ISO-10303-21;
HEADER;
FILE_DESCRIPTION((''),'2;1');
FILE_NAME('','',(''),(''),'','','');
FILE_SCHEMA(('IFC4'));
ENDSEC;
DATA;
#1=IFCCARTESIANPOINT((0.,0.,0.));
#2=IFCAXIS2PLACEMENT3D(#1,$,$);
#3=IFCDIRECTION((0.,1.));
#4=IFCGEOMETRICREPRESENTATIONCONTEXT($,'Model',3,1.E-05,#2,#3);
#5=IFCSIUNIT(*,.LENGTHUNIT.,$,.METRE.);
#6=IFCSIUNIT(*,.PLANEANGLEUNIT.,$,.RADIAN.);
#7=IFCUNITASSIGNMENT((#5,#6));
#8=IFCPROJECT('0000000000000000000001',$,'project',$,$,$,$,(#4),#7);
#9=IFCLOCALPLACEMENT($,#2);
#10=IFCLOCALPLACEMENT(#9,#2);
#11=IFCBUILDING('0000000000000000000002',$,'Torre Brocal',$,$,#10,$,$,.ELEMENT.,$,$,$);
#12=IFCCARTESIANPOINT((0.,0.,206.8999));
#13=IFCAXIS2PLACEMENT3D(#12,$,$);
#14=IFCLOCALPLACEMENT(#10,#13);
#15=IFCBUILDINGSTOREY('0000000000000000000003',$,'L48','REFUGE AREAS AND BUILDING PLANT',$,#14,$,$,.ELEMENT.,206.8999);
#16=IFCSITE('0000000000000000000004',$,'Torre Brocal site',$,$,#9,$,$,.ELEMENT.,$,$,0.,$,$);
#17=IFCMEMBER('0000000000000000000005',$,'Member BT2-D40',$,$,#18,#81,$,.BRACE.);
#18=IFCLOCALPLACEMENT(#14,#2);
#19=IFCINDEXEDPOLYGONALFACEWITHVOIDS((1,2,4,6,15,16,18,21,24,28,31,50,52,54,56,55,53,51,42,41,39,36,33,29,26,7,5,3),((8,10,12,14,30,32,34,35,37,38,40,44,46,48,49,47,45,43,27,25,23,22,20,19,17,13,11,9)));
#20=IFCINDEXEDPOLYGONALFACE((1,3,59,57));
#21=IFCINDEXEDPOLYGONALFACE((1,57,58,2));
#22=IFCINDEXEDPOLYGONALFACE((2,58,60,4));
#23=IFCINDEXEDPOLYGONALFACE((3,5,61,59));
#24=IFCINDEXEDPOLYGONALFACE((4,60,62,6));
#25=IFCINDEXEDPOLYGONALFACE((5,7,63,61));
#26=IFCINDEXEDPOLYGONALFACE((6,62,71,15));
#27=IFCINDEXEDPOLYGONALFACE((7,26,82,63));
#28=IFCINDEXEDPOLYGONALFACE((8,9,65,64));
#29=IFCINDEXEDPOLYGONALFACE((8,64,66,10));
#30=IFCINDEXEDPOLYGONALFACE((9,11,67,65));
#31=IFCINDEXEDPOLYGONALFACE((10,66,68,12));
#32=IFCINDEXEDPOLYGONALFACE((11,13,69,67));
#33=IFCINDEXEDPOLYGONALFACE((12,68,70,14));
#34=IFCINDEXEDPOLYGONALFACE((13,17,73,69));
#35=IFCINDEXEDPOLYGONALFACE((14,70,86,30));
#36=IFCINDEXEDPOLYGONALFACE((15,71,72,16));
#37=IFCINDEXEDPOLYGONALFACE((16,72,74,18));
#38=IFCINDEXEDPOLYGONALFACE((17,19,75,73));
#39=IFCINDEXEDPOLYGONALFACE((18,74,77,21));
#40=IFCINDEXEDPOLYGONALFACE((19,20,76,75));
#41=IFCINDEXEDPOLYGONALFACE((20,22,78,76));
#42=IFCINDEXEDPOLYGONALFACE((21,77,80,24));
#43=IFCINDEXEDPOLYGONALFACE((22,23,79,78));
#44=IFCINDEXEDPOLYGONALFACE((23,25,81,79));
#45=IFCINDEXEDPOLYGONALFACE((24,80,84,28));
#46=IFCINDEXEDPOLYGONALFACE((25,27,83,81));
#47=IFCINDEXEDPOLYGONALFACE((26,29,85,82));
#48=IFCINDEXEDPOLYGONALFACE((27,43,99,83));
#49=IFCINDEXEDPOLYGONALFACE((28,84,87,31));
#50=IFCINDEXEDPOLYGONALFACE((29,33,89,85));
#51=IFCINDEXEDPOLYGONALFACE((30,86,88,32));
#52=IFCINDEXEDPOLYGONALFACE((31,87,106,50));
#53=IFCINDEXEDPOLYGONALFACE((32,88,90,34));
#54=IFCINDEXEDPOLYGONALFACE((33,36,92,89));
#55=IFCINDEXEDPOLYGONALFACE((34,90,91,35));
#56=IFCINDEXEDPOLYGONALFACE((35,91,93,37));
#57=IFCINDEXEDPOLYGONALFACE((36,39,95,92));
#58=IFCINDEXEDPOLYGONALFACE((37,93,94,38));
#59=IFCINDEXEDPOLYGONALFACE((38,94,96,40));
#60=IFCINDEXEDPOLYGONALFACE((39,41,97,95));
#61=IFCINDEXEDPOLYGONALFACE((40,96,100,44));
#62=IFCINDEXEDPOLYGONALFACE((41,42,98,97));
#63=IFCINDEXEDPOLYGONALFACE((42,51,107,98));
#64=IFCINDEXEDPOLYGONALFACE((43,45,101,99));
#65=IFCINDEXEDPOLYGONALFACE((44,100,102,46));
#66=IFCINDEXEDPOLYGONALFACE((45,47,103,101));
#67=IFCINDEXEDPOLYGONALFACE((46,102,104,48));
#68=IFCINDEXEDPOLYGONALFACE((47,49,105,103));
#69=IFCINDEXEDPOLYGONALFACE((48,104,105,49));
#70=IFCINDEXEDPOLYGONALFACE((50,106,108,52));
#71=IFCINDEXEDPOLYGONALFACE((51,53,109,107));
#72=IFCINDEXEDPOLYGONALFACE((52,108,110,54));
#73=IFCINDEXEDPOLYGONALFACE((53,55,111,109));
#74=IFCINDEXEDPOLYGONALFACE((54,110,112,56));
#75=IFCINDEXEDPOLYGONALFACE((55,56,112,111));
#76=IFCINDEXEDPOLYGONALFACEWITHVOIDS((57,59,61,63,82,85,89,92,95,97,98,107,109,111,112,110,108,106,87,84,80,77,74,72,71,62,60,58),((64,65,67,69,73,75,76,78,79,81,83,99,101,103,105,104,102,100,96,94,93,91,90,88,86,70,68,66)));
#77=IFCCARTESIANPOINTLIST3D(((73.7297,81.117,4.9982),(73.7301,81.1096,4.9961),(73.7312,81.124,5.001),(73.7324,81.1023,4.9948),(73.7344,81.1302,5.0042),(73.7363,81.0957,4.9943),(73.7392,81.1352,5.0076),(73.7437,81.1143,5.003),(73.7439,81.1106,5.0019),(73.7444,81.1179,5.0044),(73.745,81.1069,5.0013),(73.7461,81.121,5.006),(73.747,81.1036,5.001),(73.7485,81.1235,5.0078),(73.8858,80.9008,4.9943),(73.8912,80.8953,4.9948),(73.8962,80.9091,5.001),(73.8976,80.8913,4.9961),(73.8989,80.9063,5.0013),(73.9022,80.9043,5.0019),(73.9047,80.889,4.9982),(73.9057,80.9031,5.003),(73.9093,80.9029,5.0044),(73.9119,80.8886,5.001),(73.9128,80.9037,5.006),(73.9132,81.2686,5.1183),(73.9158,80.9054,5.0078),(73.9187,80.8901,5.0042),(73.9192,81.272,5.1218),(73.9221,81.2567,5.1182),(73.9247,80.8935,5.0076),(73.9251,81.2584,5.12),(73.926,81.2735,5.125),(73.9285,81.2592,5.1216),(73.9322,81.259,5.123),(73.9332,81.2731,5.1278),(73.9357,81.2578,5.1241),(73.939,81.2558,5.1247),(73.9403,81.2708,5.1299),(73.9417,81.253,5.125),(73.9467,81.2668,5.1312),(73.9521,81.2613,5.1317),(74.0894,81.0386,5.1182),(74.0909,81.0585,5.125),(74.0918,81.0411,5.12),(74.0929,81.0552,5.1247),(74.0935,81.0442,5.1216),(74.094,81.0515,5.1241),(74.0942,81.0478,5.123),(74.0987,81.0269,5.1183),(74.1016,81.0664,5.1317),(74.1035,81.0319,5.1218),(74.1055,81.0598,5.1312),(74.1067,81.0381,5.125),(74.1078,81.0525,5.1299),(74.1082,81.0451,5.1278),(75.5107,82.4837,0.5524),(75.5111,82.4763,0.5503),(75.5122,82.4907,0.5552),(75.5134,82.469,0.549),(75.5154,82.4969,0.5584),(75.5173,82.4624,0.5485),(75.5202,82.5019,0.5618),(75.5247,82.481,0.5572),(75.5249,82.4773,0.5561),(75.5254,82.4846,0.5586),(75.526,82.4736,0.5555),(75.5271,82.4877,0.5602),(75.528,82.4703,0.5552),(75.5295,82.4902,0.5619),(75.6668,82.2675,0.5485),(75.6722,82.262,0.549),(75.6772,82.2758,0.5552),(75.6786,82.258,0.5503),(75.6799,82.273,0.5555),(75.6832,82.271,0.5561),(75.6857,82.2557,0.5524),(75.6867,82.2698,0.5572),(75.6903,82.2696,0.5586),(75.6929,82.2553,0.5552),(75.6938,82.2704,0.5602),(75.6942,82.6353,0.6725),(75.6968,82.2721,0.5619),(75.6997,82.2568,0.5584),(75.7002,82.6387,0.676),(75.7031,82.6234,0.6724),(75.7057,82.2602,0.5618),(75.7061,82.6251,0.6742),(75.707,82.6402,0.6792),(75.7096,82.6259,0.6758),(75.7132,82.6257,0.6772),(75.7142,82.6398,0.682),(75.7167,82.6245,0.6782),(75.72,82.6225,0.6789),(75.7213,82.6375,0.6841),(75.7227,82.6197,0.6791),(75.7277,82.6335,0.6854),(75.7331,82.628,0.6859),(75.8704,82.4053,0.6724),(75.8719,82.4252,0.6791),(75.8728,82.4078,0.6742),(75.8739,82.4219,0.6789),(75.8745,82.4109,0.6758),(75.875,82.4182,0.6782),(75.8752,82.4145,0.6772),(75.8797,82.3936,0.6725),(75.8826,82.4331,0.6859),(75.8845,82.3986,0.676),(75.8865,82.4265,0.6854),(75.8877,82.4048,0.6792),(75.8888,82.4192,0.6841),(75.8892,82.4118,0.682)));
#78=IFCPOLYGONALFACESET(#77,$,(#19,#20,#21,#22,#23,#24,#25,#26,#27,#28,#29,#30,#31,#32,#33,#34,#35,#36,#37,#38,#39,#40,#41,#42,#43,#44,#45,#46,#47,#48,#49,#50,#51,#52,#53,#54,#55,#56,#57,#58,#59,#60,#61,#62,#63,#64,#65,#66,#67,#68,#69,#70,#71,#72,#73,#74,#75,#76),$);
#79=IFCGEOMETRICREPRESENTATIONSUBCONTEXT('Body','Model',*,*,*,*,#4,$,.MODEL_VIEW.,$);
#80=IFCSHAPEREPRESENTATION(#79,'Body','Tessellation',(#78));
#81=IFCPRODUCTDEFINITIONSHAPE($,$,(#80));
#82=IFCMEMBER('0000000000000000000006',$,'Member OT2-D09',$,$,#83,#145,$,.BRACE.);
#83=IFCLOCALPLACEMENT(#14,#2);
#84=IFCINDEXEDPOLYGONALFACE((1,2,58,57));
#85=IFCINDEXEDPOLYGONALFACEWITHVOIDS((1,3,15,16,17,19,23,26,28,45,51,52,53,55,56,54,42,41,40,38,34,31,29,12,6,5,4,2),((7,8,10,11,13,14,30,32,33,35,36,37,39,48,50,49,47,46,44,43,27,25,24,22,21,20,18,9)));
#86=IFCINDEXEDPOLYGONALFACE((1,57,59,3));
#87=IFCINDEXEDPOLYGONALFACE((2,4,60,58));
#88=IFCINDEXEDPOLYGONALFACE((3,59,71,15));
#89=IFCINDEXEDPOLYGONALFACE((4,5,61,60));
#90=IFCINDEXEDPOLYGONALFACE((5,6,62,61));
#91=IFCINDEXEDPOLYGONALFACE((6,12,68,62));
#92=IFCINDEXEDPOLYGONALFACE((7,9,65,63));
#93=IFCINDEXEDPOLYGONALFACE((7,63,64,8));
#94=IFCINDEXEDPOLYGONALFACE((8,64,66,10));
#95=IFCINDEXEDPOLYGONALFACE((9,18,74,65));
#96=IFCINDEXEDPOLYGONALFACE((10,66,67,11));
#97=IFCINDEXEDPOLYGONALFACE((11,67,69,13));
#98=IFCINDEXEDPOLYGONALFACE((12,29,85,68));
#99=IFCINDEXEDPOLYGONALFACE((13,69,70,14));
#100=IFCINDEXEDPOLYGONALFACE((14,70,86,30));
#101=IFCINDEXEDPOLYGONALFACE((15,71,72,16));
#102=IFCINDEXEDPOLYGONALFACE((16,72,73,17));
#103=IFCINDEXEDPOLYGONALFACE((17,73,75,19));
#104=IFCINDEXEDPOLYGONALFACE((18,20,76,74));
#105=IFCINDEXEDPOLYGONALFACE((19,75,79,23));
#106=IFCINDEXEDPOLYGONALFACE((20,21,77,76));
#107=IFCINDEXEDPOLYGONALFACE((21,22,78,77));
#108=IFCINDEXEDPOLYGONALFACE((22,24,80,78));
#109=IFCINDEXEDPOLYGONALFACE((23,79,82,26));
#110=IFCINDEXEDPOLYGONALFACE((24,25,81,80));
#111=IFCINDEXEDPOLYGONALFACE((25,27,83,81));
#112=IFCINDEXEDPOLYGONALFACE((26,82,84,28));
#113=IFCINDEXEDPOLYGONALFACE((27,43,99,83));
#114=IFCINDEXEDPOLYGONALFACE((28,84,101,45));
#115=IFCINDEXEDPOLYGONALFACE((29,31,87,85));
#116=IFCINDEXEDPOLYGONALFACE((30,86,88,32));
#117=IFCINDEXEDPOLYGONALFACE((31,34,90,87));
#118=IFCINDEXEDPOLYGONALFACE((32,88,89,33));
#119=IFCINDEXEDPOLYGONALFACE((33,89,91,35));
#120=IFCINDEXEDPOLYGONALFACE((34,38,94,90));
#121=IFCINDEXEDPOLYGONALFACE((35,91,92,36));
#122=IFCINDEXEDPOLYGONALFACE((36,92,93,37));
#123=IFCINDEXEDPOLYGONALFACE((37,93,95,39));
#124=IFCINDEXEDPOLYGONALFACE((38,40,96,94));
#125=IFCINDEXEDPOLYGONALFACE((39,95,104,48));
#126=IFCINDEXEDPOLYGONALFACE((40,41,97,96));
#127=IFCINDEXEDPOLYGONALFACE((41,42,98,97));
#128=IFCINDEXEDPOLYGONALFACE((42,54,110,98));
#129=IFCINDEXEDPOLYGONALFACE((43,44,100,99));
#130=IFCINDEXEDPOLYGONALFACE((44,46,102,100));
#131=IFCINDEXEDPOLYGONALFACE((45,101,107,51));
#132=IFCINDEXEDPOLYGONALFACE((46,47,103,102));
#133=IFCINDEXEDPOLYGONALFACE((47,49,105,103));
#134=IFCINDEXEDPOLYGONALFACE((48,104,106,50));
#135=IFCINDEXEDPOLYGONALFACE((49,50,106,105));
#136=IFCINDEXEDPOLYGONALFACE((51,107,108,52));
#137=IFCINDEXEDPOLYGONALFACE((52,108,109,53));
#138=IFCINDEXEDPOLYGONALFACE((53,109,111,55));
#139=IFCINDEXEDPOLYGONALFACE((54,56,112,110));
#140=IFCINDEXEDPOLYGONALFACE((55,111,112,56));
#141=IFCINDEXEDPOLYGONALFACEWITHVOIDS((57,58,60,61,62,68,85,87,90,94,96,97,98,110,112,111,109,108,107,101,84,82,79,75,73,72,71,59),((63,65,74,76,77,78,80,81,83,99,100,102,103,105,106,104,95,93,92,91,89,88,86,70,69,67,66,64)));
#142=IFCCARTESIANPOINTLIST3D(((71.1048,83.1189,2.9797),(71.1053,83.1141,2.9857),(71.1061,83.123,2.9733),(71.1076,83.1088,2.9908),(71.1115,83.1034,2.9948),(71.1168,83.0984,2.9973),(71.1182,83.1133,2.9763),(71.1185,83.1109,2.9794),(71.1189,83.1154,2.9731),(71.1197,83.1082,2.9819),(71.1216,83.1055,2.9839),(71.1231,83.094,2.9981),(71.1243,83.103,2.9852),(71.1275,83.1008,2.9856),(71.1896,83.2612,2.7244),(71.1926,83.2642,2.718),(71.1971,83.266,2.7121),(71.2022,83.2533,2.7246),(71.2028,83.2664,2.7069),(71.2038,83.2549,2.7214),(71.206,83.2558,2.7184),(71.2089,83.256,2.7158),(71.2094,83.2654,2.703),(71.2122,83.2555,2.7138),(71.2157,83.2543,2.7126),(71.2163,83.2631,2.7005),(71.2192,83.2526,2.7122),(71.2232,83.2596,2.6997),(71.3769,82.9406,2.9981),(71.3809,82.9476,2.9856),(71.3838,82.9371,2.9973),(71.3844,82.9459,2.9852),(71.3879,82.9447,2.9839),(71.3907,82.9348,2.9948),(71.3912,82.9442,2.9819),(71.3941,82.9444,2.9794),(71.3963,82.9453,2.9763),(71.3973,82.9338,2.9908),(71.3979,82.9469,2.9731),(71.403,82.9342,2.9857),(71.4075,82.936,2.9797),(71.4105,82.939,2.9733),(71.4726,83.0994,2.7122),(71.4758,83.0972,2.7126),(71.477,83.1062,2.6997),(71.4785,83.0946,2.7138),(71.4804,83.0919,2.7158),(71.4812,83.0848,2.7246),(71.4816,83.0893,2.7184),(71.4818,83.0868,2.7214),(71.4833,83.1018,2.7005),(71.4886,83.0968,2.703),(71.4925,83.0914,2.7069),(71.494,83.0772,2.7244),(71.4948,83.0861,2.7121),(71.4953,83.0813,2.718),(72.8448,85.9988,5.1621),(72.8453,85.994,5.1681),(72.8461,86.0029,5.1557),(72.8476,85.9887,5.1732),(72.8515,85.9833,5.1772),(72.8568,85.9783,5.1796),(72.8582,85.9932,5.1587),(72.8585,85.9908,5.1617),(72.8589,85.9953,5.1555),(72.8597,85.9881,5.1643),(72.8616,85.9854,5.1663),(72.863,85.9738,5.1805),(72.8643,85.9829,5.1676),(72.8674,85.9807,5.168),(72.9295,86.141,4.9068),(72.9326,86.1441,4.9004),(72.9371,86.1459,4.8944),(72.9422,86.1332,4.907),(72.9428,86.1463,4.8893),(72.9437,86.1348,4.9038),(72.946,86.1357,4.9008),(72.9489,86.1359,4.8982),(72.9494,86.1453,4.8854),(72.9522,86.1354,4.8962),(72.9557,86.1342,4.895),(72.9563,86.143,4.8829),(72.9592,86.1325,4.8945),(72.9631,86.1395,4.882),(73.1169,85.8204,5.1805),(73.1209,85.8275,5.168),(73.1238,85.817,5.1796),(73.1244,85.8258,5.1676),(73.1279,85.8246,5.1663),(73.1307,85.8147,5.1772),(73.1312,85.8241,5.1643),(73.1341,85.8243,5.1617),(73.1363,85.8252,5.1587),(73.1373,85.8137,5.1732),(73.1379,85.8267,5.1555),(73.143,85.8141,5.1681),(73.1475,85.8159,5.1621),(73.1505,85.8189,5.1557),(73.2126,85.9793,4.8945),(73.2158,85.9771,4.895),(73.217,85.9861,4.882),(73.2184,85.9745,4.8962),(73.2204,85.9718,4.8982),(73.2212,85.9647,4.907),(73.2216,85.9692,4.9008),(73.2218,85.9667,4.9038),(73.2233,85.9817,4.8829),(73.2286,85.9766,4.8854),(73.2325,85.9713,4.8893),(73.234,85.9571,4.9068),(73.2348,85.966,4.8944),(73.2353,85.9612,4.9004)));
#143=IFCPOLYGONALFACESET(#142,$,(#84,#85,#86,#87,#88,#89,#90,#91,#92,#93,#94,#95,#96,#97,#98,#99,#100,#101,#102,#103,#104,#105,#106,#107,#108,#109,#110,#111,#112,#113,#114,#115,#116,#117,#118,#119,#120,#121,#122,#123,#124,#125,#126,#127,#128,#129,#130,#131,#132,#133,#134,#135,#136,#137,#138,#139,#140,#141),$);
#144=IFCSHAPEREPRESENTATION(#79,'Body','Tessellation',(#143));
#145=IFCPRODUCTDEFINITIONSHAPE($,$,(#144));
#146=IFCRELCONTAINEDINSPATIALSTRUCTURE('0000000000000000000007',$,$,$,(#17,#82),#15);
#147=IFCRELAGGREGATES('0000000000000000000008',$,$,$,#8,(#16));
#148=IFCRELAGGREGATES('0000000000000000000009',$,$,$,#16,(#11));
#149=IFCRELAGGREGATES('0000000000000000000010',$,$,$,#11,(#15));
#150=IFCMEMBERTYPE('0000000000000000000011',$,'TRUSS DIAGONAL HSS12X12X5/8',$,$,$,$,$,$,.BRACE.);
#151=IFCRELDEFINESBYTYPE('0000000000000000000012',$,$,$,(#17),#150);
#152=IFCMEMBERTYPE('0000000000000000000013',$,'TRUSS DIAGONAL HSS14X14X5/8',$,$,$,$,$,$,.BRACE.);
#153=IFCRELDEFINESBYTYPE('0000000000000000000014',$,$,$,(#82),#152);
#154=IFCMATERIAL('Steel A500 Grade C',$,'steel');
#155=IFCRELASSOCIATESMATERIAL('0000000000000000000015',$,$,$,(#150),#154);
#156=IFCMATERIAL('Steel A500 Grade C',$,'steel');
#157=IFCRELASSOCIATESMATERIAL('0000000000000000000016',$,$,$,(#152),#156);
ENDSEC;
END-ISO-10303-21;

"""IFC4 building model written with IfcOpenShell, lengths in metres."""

from ifc_helpers import new_model, si_unit, direction, frame, origin, origin_2d, place, context, subcontext, project, spatial, hollow_rectangle, extrude, material, material_profile, profile_set, type_object, element, save


model = new_model("IFC4")

# Units and contexts
model_context = context("Model", 3, precision=1e-05, world=origin(), true_north=direction((0.0, 1.0)))
body_context = subcontext(model_context, "Body", "Model", "MODEL_VIEW")
ifc_project = project(units=[si_unit("LENGTHUNIT", "METRE"), si_unit("PLANEANGLEUNIT", "RADIAN")], contexts=[model_context])

# Site, building, storey
site_placement = place(None, origin())
site = spatial("IfcSite", under=ifc_project, at=site_placement, Name="Torre Brocal site", CompositionType="ELEMENT", RefElevation=0.0)
building_placement = place(site_placement, origin())
building = spatial("IfcBuilding", under=site, at=building_placement, Name="Torre Brocal", CompositionType="ELEMENT")
storey_placement = place(building_placement, frame((0.0, 0.0, 206.8999)))
storey = spatial("IfcBuildingStorey", under=building, at=storey_placement, Name="L48", Description="REFUGE AREAS AND BUILDING PLANT", CompositionType="ELEMENT", Elevation=206.8999)

# Members
ifc_material_1 = material(Name="Steel A500 Grade C", Category="steel")
ifc_material_profile_1 = material_profile(ifc_material_1, hollow_rectangle(XDim=0.3047, YDim=0.3047, WallThickness=0.0149, InnerFilletRadius=0.0149, OuterFilletRadius=0.0295, at=origin_2d()), Name="HSS12X12X5/8")
ifc_profile_set_1 = profile_set([ifc_material_profile_1], Name="Steel A500 Grade C")
member_type_1 = type_object("IfcMemberType", Name="TRUSS DIAGONAL HSS12X12X5/8", PredefinedType="BRACE", material=ifc_profile_set_1)
member_1_placement = place(storey_placement, frame((75.7, 82.4478, 0.6172), z_axis=(-0.357599, -0.274412, 0.892648), x_axis=(0.608785, -0.793335, 0.0)))
element("IfcMember", 1, at=member_1_placement, inside=storey, type_object=member_type_1, Name="Member BT2-D40", PredefinedType="BRACE", context=body_context, shape_type="SweptSolid", body=[
    extrude(hollow_rectangle(XDim=0.3047, YDim=0.3047, WallThickness=0.0149, InnerFilletRadius=0.0149, OuterFilletRadius=0.0295, at=origin_2d()), origin(), (0.0, 0.0, 1.0), 4.9805),
])
ifc_material_2 = material(Name="Steel A500 Grade C", Category="steel")
ifc_material_profile_2 = material_profile(ifc_material_2, hollow_rectangle(XDim=0.3557, YDim=0.3557, WallThickness=0.0149, InnerFilletRadius=0.0149, OuterFilletRadius=0.0295, at=origin_2d()), Name="HSS14X14X5/8")
ifc_profile_set_2 = profile_set([ifc_material_profile_2], Name="Steel A500 Grade C")
member_type_2 = type_object("IfcMemberType", Name="TRUSS DIAGONAL HSS14X14X5/8", PredefinedType="BRACE", material=ifc_profile_set_2)
member_2_placement = place(storey_placement, frame((71.3, 83.1001, 2.8489), z_axis=(0.43386, 0.718087, 0.544166), x_axis=(-0.855908, 0.517129, 0.0)))
element("IfcMember", 2, at=member_2_placement, inside=storey, type_object=member_type_2, Name="Member OT2-D09", PredefinedType="BRACE", context=body_context, shape_type="SweptSolid", body=[
    extrude(hollow_rectangle(XDim=0.3557, YDim=0.3557, WallThickness=0.0149, InnerFilletRadius=0.0149, OuterFilletRadius=0.0295, at=origin_2d()), origin(), (0.0, 0.0, 1.0), 4.0105),
])

save(model, "model.ifc")
